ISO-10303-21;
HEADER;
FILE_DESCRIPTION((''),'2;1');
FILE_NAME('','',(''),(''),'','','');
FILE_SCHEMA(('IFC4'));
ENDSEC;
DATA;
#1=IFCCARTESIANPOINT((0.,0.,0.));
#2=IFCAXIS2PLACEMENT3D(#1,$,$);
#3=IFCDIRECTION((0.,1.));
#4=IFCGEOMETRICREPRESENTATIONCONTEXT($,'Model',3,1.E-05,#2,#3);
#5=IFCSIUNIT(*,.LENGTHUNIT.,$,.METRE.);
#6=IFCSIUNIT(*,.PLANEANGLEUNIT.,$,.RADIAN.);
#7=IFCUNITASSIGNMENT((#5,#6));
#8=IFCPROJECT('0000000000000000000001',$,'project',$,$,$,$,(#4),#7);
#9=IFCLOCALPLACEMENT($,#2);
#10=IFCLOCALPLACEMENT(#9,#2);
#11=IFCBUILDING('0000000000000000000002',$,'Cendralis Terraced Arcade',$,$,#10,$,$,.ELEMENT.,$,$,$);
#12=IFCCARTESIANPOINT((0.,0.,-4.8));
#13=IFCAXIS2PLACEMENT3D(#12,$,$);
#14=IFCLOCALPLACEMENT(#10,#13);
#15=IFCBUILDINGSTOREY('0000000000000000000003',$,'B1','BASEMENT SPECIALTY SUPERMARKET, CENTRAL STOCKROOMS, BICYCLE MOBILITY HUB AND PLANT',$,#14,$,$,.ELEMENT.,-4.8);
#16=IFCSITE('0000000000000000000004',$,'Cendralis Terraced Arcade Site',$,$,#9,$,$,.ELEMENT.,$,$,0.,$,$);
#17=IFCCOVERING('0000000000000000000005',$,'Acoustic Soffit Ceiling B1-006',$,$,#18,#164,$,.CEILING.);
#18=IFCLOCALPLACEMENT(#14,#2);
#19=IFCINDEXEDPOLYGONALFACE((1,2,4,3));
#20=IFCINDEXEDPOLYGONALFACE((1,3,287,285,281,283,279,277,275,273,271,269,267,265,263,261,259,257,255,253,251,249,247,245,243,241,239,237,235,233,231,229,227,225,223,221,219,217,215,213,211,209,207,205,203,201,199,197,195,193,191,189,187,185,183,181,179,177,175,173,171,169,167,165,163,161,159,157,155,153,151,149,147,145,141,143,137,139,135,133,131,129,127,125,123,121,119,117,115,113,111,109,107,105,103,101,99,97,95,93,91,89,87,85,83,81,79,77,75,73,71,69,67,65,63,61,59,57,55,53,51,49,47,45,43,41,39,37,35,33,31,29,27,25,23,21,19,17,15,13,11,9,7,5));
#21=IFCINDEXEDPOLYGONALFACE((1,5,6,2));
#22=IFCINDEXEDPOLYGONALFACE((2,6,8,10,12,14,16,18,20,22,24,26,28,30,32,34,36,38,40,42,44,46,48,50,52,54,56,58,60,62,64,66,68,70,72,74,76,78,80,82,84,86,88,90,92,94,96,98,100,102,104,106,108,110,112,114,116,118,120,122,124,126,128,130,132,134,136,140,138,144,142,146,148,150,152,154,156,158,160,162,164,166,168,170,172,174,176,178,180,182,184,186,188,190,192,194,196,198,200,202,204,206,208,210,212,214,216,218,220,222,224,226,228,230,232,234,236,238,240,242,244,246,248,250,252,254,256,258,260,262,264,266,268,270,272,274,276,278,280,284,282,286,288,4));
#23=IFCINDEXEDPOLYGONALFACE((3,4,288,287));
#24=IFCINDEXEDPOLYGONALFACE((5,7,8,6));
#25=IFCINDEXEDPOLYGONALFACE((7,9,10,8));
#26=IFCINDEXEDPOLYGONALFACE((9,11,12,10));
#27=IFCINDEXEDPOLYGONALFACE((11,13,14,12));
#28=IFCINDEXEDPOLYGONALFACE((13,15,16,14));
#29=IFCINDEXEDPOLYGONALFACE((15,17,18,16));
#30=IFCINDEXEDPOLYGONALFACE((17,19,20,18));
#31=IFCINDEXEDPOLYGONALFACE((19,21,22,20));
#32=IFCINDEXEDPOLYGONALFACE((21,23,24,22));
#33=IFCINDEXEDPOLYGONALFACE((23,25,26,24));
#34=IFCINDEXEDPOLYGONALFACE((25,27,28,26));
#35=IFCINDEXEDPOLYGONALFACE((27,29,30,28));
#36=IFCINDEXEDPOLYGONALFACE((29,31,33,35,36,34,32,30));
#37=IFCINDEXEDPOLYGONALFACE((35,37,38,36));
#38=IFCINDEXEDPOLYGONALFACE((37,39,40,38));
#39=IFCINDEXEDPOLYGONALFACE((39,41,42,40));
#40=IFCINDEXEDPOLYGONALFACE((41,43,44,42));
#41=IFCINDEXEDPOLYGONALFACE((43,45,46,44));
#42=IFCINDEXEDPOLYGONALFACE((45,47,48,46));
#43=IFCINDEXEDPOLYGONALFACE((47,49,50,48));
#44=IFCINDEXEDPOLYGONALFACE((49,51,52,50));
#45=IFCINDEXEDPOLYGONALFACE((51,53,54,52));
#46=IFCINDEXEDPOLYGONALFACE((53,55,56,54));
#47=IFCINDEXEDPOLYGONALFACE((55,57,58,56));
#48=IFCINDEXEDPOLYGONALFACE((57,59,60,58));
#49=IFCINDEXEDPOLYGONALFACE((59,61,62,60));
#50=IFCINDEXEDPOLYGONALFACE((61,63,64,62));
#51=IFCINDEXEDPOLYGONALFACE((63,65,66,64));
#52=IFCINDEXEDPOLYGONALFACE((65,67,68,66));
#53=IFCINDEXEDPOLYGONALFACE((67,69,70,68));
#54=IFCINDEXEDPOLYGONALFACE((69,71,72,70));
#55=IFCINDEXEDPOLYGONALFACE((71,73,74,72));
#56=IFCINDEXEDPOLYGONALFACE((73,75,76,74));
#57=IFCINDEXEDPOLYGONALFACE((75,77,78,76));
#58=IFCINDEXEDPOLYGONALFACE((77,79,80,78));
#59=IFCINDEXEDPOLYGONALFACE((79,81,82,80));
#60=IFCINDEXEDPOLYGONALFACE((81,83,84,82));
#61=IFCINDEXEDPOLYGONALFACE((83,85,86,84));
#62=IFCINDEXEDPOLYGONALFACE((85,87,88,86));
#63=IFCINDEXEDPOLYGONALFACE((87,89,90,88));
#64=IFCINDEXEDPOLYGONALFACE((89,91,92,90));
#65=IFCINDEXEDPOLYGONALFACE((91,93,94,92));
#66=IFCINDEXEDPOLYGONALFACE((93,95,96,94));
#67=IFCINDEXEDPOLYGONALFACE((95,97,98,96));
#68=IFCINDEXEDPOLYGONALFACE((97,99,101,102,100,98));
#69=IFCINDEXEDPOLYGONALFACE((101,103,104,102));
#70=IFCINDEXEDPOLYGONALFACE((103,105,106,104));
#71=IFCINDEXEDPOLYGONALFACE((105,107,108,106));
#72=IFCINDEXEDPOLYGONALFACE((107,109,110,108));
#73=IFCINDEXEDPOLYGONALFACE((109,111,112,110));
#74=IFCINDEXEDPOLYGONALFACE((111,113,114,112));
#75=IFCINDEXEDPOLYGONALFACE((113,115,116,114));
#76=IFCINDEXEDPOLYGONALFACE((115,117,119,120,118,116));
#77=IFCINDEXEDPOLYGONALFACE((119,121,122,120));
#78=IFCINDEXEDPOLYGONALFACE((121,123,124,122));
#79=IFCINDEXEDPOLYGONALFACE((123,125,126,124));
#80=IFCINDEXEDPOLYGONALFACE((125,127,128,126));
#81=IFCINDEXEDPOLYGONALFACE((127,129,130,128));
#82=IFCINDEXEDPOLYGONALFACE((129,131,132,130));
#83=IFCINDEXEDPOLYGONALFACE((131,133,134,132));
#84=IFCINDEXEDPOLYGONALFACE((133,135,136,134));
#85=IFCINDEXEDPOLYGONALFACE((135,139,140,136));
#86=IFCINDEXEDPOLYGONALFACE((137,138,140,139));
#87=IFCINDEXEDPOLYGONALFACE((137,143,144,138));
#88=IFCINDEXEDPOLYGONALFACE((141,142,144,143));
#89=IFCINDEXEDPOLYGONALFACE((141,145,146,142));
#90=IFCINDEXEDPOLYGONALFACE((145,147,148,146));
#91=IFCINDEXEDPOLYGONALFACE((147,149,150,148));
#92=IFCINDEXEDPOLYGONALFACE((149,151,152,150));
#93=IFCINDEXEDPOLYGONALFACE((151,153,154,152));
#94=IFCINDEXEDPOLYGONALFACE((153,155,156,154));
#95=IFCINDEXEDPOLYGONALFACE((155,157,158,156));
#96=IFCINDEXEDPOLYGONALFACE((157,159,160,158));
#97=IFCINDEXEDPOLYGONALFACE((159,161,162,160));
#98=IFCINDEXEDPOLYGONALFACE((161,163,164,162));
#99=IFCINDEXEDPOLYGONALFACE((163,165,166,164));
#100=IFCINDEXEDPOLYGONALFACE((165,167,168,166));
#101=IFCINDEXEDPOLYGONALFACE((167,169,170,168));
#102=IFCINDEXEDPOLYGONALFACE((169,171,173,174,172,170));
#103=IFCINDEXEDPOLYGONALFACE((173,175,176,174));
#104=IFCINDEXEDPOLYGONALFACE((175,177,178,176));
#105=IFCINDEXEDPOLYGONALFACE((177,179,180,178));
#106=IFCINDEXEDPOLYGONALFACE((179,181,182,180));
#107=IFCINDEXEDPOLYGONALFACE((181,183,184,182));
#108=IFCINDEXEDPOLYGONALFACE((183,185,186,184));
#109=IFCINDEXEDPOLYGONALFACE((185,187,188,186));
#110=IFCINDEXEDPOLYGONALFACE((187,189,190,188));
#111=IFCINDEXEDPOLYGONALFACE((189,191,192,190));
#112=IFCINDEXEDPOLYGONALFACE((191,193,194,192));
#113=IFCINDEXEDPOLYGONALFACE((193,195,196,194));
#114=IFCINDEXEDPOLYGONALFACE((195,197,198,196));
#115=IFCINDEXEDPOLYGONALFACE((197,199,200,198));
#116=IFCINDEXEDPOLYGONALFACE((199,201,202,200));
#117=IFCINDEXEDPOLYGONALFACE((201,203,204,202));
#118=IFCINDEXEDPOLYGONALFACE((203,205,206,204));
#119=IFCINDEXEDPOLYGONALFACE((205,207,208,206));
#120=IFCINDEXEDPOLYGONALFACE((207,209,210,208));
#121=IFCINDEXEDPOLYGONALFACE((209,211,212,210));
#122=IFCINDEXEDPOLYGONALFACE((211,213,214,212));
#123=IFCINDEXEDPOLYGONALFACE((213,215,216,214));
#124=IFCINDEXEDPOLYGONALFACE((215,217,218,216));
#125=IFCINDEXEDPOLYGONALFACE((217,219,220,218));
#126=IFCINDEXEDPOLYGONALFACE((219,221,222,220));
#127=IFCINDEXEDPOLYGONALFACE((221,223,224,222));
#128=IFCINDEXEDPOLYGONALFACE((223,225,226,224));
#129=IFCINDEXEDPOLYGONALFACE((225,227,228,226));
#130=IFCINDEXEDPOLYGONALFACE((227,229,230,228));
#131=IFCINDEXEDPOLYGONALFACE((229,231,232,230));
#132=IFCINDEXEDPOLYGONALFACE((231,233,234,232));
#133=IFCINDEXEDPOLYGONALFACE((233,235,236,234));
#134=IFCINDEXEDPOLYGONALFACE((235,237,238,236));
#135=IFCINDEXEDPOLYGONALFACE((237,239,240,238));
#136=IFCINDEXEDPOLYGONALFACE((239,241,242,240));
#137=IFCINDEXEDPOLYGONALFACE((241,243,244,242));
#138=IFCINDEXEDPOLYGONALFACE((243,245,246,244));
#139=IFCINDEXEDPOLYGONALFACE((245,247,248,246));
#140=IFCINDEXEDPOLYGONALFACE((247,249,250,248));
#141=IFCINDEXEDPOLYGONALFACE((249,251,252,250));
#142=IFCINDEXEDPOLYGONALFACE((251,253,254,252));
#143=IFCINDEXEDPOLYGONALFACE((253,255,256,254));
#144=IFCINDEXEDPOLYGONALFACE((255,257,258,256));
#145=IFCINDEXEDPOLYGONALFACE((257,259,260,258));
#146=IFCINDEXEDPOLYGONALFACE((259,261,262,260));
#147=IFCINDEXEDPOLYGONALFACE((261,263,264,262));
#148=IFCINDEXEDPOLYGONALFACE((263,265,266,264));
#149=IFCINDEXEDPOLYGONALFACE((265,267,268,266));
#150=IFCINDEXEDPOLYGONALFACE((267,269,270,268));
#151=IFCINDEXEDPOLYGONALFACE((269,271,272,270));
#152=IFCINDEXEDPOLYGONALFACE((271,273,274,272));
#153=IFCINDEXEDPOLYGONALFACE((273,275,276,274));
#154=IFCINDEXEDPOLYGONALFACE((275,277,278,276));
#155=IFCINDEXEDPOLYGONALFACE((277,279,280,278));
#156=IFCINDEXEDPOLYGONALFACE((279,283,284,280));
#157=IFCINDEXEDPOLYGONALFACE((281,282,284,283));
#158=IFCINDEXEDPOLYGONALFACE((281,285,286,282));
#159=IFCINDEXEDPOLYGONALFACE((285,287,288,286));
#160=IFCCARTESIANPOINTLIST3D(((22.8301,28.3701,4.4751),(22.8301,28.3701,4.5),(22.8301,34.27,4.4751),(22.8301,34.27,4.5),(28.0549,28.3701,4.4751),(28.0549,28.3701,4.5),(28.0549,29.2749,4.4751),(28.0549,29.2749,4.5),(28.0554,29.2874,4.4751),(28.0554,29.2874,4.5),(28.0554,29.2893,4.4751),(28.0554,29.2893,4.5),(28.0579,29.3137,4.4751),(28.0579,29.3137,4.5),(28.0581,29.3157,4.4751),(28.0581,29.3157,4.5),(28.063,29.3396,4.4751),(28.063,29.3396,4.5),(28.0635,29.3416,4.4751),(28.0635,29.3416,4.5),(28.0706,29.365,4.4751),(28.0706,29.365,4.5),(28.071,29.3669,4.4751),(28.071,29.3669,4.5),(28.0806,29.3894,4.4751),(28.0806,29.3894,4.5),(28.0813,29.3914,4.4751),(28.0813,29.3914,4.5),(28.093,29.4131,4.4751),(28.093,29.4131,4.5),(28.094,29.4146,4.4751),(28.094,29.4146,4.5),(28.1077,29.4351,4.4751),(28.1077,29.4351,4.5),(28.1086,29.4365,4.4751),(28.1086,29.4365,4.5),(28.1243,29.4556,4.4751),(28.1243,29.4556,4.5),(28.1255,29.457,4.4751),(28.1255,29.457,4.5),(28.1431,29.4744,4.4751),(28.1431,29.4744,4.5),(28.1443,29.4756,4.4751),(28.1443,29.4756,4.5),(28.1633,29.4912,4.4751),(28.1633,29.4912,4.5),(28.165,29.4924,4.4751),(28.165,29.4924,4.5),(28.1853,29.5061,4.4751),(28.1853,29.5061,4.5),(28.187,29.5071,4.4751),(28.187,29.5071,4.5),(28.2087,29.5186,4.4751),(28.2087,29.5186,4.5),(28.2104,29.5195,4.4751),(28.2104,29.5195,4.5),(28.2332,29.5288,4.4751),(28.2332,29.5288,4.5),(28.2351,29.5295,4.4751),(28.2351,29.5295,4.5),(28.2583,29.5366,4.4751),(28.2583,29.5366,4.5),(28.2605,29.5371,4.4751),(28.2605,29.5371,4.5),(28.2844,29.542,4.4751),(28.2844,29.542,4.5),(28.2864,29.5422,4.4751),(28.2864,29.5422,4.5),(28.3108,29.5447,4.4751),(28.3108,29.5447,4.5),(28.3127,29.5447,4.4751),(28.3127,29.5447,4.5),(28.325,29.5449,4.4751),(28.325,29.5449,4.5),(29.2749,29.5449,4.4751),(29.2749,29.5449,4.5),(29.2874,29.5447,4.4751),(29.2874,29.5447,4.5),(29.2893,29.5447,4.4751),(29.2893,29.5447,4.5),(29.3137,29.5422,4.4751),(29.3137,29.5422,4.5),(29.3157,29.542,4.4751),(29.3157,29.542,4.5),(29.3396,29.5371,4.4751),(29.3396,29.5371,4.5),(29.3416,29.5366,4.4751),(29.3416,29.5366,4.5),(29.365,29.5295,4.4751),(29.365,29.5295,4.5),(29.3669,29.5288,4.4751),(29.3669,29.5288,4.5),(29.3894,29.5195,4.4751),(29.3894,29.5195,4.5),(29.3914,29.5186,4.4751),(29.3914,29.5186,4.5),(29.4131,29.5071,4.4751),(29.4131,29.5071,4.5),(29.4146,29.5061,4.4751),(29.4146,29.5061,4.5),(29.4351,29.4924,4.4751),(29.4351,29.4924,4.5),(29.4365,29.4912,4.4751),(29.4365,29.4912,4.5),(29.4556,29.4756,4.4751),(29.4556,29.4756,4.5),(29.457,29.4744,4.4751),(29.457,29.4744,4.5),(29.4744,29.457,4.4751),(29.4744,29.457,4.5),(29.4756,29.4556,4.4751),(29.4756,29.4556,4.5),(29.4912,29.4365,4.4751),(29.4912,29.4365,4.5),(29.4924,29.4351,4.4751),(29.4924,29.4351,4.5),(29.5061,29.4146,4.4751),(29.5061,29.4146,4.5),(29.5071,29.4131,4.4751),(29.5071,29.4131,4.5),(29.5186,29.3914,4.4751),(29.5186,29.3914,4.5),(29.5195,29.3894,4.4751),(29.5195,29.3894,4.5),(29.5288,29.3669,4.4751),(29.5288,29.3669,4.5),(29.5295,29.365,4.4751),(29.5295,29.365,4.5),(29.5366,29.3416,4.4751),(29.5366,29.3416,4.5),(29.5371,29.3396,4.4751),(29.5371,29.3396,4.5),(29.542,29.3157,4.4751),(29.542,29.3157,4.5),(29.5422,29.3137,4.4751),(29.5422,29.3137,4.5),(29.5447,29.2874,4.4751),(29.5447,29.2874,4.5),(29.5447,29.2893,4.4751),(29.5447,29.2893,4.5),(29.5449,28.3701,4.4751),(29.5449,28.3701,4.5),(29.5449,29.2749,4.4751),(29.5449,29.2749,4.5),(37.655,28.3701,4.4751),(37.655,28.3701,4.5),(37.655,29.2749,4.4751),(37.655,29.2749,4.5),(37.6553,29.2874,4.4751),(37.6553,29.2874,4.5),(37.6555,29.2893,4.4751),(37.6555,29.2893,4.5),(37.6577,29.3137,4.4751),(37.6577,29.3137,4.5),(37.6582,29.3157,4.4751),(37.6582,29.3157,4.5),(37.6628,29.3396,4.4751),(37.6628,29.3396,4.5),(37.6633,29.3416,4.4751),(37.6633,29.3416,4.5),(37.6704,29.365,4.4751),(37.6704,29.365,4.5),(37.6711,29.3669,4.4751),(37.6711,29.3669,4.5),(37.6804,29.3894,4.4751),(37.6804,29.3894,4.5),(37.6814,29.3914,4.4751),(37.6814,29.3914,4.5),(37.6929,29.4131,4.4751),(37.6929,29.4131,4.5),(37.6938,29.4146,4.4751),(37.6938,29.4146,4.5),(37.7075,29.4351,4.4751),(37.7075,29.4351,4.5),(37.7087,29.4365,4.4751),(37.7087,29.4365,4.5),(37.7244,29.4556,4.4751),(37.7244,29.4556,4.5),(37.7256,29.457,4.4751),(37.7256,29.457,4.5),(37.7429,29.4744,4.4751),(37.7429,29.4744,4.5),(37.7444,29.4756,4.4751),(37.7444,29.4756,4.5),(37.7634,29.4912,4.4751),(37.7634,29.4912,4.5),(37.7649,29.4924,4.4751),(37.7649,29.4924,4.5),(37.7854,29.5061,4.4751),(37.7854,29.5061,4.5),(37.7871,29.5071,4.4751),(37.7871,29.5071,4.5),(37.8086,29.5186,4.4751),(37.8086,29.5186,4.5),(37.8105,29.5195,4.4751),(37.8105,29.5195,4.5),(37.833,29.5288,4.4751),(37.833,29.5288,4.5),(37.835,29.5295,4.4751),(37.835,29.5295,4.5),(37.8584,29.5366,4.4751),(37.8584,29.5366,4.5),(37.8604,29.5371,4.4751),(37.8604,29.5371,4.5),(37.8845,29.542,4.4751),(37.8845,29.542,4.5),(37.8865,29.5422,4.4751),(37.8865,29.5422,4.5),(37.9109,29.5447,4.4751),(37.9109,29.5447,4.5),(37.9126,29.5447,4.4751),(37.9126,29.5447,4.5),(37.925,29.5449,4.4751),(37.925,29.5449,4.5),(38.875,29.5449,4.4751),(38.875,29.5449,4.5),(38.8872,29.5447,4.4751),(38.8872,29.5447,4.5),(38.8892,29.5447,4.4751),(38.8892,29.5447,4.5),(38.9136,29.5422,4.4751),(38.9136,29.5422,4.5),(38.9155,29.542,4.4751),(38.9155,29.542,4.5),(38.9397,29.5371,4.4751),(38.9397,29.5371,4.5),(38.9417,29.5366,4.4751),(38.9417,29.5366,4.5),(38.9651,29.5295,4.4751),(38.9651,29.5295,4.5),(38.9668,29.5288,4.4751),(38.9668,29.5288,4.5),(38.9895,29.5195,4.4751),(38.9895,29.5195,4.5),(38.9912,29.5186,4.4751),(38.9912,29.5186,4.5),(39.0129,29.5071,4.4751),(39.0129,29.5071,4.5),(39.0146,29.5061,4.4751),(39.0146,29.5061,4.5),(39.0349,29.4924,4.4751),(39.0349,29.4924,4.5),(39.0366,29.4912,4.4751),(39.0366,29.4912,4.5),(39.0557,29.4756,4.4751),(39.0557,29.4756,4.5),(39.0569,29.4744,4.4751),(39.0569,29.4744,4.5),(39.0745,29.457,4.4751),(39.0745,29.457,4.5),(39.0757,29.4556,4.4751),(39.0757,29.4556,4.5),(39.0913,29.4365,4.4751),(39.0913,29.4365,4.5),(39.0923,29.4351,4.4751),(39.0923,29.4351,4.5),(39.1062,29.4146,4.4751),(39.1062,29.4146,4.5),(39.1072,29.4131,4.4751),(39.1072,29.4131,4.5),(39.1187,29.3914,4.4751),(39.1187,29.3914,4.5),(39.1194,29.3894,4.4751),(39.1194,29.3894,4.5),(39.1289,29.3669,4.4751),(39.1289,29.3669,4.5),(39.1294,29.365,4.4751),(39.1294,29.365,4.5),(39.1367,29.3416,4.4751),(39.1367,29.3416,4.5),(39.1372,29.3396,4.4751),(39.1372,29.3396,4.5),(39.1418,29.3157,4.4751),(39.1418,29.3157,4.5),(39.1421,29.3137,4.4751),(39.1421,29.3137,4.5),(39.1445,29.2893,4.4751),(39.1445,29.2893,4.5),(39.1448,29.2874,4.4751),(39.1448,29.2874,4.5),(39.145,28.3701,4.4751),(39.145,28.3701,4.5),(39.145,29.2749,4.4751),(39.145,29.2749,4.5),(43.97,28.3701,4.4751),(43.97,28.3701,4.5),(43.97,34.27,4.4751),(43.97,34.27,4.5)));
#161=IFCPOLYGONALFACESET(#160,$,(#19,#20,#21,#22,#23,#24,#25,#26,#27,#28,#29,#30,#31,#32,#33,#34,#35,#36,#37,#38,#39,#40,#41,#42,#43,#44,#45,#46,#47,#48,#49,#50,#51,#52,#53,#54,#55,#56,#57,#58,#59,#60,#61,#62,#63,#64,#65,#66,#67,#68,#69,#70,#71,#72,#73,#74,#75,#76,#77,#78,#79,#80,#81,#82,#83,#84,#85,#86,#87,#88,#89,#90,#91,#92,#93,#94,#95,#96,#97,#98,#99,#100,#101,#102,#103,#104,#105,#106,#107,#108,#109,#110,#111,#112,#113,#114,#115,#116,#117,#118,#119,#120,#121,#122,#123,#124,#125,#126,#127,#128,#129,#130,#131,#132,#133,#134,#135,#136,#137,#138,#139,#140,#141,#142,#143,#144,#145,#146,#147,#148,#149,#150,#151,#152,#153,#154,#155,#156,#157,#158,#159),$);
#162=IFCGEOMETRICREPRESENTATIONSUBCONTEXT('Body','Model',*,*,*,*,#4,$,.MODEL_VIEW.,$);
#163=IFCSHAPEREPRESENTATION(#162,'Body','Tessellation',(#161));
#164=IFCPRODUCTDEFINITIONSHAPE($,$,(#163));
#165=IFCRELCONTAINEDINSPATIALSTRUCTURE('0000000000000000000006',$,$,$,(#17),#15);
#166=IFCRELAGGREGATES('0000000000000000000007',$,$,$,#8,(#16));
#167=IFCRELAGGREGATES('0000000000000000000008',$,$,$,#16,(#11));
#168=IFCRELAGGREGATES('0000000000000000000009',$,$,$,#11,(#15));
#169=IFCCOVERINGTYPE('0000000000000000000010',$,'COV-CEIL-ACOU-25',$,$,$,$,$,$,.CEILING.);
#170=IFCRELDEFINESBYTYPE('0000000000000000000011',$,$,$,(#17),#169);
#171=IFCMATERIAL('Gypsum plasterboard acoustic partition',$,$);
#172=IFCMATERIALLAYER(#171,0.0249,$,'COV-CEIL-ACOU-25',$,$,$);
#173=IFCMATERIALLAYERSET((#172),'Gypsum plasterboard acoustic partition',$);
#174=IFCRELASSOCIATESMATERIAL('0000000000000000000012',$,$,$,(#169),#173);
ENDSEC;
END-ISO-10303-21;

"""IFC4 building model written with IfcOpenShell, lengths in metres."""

from ifc_helpers import new_model, si_unit, direction, frame, origin, place, context, subcontext, project, spatial, polyline, outline, extrude, material, layer, layer_set, type_object, element, save


model = new_model("IFC4")

# Units and contexts
model_context = context("Model", 3, precision=1e-05, world=origin(), true_north=direction((0.0, 1.0)))
body_context = subcontext(model_context, "Body", "Model", "MODEL_VIEW")
ifc_project = project(units=[si_unit("LENGTHUNIT", "METRE"), si_unit("PLANEANGLEUNIT", "RADIAN")], contexts=[model_context])

# Site, building, storey
site_placement = place(None, origin())
site = spatial("IfcSite", under=ifc_project, at=site_placement, Name="Cendralis Terraced Arcade Site", CompositionType="ELEMENT", RefElevation=0.0)
building_placement = place(site_placement, origin())
building = spatial("IfcBuilding", under=site, at=building_placement, Name="Cendralis Terraced Arcade", CompositionType="ELEMENT")
storey_placement = place(building_placement, frame((0.0, 0.0, -4.8)))
storey = spatial("IfcBuildingStorey", under=building, at=storey_placement, Name="B1", Description="BASEMENT SPECIALTY SUPERMARKET, CENTRAL STOCKROOMS, BICYCLE MOBILITY HUB AND PLANT", CompositionType="ELEMENT", Elevation=-4.8)

# Covering
ifc_material_1 = material(Name="Gypsum plasterboard acoustic partition")
ifc_layer_1 = layer(ifc_material_1, 0.0249, Name="COV-CEIL-ACOU-25")
ifc_layer_set_1 = layer_set([ifc_layer_1], Name="Gypsum plasterboard acoustic partition")
covering_type_1 = type_object("IfcCoveringType", Name="COV-CEIL-ACOU-25", PredefinedType="CEILING", material=ifc_layer_set_1)
covering_1_placement = place(storey_placement, frame((0.0, 0.0, 4.4751)))
element("IfcCovering", 1, at=covering_1_placement, inside=storey, type_object=covering_type_1, Name="Acoustic Soffit Ceiling B1-006", PredefinedType="CEILING", context=body_context, shape_type="SweptSolid", body=[
    extrude(outline(polyline([(22.8301, 28.3701), (22.8301, 34.27), (43.97, 34.27), (43.97, 28.3701), (39.145, 28.3701), (39.145, 29.2749), (39.1448, 29.2874), (39.1445, 29.2893), (39.1421, 29.3137), (39.1418, 29.3157), (39.1372, 29.3396), (39.1367, 29.3416), (39.1294, 29.365), (39.1289, 29.3669), (39.1194, 29.3894), (39.1187, 29.3914), (39.1072, 29.4131), (39.1062, 29.4146), (39.0923, 29.4351), (39.0913, 29.4365), (39.0757, 29.4556), (39.0745, 29.457), (39.0569, 29.4744), (39.0557, 29.4756), (39.0366, 29.4912), (39.0349, 29.4924), (39.0146, 29.5061), (39.0129, 29.5071), (38.9912, 29.5186), (38.9895, 29.5195), (38.9668, 29.5288), (38.9651, 29.5295), (38.9417, 29.5366), (38.9397, 29.5371), (38.9155, 29.542), (38.9136, 29.5422), (38.8892, 29.5447), (38.8872, 29.5447), (38.875, 29.5449), (37.925, 29.5449), (37.9126, 29.5447), (37.9109, 29.5447), (37.8865, 29.5422), (37.8845, 29.542), (37.8604, 29.5371), (37.8584, 29.5366), (37.835, 29.5295), (37.833, 29.5288), (37.8105, 29.5195), (37.8086, 29.5186), (37.7871, 29.5071), (37.7854, 29.5061), (37.7649, 29.4924), (37.7634, 29.4912), (37.7444, 29.4756), (37.7429, 29.4744), (37.7256, 29.457), (37.7244, 29.4556), (37.7087, 29.4365), (37.7075, 29.4351), (37.6938, 29.4146), (37.6929, 29.4131), (37.6814, 29.3914), (37.6804, 29.3894), (37.6711, 29.3669), (37.6704, 29.365), (37.6633, 29.3416), (37.6628, 29.3396), (37.6582, 29.3157), (37.6577, 29.3137), (37.6555, 29.2893), (37.6553, 29.2874), (37.655, 29.2749), (37.655, 28.3701), (29.5449, 28.3701), (29.5449, 29.2749), (29.5447, 29.2874), (29.5447, 29.2893), (29.5422, 29.3137), (29.542, 29.3157), (29.5371, 29.3396), (29.5366, 29.3416), (29.5295, 29.365), (29.5288, 29.3669), (29.5195, 29.3894), (29.5186, 29.3914), (29.5071, 29.4131), (29.5061, 29.4146), (29.4924, 29.4351), (29.4912, 29.4365), (29.4756, 29.4556), (29.4744, 29.457), (29.457, 29.4744), (29.4556, 29.4756), (29.4365, 29.4912), (29.4351, 29.4924), (29.4146, 29.5061), (29.4131, 29.5071), (29.3914, 29.5186), (29.3894, 29.5195), (29.3669, 29.5288), (29.365, 29.5295), (29.3416, 29.5366), (29.3396, 29.5371), (29.3157, 29.542), (29.3137, 29.5422), (29.2893, 29.5447), (29.2874, 29.5447), (29.2749, 29.5449), (28.325, 29.5449), (28.3127, 29.5447), (28.3108, 29.5447), (28.2864, 29.5422), (28.2844, 29.542), (28.2605, 29.5371), (28.2583, 29.5366), (28.2351, 29.5295), (28.2332, 29.5288), (28.2104, 29.5195), (28.2087, 29.5186), (28.187, 29.5071), (28.1853, 29.5061), (28.165, 29.4924), (28.1633, 29.4912), (28.1443, 29.4756), (28.1431, 29.4744), (28.1255, 29.457), (28.1243, 29.4556), (28.1086, 29.4365), (28.1077, 29.4351), (28.094, 29.4146), (28.093, 29.4131), (28.0813, 29.3914), (28.0806, 29.3894), (28.071, 29.3669), (28.0706, 29.365), (28.0635, 29.3416), (28.063, 29.3396), (28.0581, 29.3157), (28.0579, 29.3137), (28.0554, 29.2893), (28.0554, 29.2874), (28.0549, 29.2749), (28.0549, 28.3701), (22.8301, 28.3701)])), origin(), (0.0, 0.0, 1.0), 0.0249),
])

save(model, "model.ifc")
